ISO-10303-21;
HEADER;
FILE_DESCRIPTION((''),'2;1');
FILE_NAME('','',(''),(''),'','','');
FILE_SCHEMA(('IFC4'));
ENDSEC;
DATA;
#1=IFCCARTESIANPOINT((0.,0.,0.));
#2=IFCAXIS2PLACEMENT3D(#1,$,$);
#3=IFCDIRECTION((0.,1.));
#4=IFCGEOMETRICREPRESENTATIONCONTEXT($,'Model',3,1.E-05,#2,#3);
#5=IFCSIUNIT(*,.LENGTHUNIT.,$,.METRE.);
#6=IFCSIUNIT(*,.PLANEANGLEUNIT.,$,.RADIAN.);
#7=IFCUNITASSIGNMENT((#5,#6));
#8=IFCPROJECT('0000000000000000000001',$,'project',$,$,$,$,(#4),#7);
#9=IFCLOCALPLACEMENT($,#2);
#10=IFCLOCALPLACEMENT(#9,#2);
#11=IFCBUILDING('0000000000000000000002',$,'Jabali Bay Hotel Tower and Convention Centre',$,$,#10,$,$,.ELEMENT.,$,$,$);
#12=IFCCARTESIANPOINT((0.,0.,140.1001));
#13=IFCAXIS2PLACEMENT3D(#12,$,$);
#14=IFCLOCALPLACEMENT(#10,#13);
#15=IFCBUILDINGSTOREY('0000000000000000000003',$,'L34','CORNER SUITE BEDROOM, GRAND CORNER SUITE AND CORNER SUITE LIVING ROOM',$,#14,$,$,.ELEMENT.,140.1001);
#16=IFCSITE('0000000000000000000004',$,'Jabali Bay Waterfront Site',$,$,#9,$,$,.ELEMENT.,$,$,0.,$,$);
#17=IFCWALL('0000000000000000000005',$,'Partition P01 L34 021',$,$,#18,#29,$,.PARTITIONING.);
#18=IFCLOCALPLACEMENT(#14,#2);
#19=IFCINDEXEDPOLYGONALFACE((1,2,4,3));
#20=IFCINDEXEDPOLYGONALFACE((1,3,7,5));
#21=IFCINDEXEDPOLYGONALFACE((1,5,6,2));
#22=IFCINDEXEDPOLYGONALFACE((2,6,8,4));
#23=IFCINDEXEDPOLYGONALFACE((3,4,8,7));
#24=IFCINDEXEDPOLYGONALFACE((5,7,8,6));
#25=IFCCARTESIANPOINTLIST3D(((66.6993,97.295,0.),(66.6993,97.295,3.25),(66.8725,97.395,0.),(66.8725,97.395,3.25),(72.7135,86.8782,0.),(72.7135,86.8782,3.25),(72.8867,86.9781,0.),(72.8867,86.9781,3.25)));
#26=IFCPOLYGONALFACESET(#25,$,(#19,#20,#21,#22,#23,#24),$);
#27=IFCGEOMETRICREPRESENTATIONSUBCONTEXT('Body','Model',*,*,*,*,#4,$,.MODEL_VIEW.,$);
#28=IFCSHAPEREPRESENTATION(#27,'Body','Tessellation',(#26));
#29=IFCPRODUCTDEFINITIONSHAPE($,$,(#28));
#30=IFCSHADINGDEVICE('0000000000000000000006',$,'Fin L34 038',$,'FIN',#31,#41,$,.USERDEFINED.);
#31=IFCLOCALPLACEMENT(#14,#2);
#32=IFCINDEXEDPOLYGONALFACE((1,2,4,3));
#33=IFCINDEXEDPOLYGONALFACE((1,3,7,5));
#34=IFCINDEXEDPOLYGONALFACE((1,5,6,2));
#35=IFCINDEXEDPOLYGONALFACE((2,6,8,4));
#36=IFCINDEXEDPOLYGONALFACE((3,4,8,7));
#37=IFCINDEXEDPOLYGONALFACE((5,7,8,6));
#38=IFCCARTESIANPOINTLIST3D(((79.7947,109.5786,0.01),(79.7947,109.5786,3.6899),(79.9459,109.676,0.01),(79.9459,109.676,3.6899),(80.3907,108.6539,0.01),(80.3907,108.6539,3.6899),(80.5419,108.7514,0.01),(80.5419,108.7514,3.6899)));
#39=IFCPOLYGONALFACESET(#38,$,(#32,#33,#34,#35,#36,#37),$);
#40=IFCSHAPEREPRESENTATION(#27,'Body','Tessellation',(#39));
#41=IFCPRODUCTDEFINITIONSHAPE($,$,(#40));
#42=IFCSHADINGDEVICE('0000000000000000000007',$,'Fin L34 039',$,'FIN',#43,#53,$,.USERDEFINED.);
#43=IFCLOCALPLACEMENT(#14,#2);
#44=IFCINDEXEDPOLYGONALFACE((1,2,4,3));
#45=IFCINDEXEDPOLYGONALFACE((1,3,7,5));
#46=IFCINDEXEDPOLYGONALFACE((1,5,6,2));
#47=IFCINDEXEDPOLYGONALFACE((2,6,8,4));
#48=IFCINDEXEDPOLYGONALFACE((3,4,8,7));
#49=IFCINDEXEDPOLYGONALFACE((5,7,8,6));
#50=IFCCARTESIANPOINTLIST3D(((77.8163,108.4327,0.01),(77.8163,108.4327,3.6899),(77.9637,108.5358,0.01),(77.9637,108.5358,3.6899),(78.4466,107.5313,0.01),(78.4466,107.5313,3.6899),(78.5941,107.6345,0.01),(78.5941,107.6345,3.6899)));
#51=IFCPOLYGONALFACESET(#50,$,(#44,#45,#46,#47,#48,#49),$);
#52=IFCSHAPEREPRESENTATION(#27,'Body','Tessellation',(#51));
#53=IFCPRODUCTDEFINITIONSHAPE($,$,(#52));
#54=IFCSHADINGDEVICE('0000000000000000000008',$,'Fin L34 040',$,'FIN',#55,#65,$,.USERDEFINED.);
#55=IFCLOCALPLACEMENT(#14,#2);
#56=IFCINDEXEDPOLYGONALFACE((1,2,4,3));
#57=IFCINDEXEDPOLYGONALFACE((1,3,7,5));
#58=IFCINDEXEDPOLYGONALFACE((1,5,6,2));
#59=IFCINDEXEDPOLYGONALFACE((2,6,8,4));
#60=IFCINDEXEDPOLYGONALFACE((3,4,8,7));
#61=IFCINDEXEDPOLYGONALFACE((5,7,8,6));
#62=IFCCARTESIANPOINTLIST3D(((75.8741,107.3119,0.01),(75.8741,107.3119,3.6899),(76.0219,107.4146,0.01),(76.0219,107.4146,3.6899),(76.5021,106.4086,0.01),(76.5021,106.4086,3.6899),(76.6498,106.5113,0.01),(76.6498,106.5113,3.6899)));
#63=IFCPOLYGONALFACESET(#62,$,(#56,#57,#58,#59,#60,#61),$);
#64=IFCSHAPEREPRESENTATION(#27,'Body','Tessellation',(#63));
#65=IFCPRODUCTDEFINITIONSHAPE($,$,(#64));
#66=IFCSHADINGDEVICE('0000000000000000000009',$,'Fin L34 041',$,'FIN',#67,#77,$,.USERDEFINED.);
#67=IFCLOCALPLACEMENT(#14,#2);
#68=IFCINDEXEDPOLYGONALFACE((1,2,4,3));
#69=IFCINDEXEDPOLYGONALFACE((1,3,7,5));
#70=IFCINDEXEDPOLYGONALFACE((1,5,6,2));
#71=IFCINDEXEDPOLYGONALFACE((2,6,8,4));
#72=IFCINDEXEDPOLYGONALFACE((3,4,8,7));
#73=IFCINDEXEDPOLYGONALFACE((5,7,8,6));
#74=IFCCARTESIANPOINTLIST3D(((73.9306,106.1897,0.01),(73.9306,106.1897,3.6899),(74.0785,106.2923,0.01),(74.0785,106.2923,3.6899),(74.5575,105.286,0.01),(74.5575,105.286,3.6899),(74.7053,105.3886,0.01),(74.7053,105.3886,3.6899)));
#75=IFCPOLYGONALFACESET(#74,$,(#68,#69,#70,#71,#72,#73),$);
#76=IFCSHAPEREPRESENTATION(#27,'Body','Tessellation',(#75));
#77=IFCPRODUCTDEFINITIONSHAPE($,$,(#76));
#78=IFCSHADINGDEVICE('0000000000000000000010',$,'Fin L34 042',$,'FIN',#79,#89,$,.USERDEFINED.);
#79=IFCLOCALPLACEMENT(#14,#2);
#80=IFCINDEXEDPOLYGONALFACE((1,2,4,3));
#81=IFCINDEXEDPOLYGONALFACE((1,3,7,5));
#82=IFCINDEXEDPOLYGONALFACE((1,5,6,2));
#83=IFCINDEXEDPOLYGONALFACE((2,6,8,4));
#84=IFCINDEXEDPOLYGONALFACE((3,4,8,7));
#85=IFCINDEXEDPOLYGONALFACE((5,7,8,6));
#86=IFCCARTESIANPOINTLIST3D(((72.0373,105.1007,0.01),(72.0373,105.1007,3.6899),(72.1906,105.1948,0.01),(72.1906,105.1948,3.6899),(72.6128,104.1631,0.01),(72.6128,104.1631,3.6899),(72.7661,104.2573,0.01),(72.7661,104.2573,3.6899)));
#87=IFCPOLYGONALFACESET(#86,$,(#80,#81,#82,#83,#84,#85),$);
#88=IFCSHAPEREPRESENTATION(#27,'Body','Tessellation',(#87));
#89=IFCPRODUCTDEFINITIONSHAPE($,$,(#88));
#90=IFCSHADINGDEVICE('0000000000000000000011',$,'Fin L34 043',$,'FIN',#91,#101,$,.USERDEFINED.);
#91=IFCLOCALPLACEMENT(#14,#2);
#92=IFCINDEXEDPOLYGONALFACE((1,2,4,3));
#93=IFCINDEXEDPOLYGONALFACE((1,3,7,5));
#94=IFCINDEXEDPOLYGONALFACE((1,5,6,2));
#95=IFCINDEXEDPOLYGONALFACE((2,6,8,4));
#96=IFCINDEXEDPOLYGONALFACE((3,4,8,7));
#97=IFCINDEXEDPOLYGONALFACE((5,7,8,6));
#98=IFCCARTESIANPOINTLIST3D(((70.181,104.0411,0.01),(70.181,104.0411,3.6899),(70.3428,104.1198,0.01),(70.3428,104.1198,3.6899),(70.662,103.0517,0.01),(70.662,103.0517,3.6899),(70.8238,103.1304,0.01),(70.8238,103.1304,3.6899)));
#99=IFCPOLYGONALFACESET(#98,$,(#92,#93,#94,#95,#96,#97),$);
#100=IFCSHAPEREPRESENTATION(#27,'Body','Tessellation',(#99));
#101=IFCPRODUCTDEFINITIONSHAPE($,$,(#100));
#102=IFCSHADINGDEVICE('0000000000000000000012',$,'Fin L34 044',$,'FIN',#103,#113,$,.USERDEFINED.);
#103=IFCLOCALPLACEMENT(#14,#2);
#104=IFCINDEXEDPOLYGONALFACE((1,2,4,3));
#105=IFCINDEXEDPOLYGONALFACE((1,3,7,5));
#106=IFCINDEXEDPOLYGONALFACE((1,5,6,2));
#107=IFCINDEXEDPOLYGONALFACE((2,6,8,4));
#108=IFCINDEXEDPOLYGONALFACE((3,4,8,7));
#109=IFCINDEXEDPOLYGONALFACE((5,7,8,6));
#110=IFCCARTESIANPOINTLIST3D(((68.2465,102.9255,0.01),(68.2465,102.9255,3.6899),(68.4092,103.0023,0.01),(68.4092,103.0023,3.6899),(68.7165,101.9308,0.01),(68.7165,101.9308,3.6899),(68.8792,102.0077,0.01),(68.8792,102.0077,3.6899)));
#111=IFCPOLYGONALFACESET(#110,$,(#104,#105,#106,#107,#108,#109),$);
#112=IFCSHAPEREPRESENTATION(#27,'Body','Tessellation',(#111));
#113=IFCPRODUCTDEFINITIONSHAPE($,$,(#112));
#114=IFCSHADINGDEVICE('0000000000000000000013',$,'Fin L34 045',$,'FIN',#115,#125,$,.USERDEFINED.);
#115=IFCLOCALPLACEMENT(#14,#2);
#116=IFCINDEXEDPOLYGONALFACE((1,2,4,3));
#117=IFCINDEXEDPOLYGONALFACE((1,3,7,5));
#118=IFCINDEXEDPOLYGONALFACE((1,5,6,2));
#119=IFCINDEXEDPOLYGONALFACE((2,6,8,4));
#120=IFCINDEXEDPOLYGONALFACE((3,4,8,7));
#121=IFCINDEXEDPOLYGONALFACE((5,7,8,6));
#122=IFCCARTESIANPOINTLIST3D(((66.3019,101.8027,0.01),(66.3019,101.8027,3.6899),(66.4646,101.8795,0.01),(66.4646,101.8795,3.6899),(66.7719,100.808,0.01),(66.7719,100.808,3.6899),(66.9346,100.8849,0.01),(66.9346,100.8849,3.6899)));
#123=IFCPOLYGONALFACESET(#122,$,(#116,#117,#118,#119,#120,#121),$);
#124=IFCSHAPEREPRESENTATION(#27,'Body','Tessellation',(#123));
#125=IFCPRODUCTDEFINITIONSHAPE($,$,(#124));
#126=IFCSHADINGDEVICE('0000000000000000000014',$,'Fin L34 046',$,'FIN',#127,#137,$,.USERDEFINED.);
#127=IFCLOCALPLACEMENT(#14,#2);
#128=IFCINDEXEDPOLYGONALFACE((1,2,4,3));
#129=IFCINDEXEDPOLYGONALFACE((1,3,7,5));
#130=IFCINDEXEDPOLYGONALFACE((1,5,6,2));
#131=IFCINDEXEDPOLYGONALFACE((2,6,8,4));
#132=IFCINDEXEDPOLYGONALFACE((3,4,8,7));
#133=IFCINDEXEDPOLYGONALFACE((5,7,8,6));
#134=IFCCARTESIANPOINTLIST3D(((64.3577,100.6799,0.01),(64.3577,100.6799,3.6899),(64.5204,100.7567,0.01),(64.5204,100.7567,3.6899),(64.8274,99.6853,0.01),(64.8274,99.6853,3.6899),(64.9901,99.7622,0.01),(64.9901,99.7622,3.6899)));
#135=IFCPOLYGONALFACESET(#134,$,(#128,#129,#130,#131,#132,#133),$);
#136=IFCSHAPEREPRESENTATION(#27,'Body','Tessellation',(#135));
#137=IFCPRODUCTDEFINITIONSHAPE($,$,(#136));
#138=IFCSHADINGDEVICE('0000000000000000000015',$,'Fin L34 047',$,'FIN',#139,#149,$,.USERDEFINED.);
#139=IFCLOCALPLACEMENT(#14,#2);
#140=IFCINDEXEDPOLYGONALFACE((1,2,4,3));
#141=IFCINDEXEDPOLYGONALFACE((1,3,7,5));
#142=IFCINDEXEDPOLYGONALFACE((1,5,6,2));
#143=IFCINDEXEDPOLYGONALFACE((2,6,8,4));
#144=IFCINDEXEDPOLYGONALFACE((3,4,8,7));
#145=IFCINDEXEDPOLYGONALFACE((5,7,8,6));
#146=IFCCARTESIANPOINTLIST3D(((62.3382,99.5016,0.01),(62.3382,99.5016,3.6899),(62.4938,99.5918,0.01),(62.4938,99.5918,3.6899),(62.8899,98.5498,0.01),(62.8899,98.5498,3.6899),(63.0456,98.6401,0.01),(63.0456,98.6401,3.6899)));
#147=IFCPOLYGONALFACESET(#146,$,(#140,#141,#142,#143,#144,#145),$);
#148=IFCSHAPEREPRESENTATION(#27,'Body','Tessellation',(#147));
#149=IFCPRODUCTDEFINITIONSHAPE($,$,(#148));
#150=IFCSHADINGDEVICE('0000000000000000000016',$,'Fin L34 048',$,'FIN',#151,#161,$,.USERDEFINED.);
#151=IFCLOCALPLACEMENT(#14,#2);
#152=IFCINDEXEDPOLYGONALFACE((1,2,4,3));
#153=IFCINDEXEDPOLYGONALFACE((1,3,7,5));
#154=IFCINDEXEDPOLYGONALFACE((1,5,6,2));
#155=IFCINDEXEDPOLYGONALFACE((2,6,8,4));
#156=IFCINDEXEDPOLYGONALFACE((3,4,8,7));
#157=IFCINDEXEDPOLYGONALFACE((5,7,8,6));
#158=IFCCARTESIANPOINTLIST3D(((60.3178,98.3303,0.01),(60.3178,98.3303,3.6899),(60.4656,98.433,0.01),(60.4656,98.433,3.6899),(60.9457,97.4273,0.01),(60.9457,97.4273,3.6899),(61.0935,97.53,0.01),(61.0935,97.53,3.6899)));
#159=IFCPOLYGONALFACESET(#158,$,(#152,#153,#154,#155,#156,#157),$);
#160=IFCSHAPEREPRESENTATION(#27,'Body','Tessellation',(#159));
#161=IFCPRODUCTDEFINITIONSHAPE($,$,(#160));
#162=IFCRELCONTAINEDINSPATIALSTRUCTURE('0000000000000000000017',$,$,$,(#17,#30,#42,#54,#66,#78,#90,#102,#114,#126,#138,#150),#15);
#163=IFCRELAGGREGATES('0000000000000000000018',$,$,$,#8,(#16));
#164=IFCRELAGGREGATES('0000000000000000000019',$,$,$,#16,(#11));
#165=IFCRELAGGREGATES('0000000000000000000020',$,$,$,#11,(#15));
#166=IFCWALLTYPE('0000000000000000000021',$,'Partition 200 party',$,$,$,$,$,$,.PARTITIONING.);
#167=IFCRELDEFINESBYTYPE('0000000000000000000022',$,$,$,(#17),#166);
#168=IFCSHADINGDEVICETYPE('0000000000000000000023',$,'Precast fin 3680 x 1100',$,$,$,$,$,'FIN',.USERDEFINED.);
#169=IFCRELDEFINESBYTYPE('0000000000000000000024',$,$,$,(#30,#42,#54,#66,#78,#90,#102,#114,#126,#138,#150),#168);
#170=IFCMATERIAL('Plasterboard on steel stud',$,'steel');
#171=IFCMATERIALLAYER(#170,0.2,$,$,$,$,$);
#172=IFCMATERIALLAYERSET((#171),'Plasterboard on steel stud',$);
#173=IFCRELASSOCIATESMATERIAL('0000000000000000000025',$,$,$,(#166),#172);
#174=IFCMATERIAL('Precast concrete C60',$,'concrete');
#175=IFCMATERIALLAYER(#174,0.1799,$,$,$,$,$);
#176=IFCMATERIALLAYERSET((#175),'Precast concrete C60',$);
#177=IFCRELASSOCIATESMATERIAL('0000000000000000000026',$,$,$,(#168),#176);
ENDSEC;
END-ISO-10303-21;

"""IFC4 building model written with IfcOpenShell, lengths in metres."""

from ifc_helpers import new_model, si_unit, direction, frame, frame_2d, origin, place, context, subcontext, project, spatial, rectangle, extrude, material, layer, layer_set, type_object, element, save


model = new_model("IFC4")

# Units and contexts
model_context = context("Model", 3, precision=1e-05, world=origin(), true_north=direction((0.0, 1.0)))
body_context = subcontext(model_context, "Body", "Model", "MODEL_VIEW")
ifc_project = project(units=[si_unit("LENGTHUNIT", "METRE"), si_unit("PLANEANGLEUNIT", "RADIAN")], contexts=[model_context])

# Site, building, storey
site_placement = place(None, origin())
site = spatial("IfcSite", under=ifc_project, at=site_placement, Name="Jabali Bay Waterfront Site", CompositionType="ELEMENT", RefElevation=0.0)
building_placement = place(site_placement, origin())
building = spatial("IfcBuilding", under=site, at=building_placement, Name="Jabali Bay Hotel Tower and Convention Centre", CompositionType="ELEMENT")
storey_placement = place(building_placement, frame((0.0, 0.0, 140.1001)))
storey = spatial("IfcBuildingStorey", under=building, at=storey_placement, Name="L34", Description="CORNER SUITE BEDROOM, GRAND CORNER SUITE AND CORNER SUITE LIVING ROOM", CompositionType="ELEMENT", Elevation=140.1001)

# Shared definitions
ifc_material_1 = material(Name="Plasterboard on steel stud", Category="steel")

# Wall
ifc_layer_1 = layer(ifc_material_1, 0.2)
ifc_layer_set_1 = layer_set([ifc_layer_1], Name="Plasterboard on steel stud")
wall_type_1 = type_object("IfcWallType", Name="Partition 200 party", PredefinedType="PARTITIONING", material=ifc_layer_set_1)
wall_1_placement = place(storey_placement, frame((66.7859, 97.345, 0.0), z_axis=(0.0, 0.0, 1.0), x_axis=(0.500003, -0.866024, 0.0)))
element("IfcWall", 1, at=wall_1_placement, inside=storey, type_object=wall_type_1, Name="Partition P01 L34 021", PredefinedType="PARTITIONING", context=body_context, shape_type="SweptSolid", body=[
    extrude(rectangle(XDim=12.0283, YDim=0.2, at=frame_2d((6.0142, 0.0))), origin(), (0.0, 0.0, 1.0), 3.25),
])

# Shading devices
ifc_material_2 = material(Name="Precast concrete C60", Category="concrete")
ifc_layer_2 = layer(ifc_material_2, 0.1799)
ifc_layer_set_2 = layer_set([ifc_layer_2], Name="Precast concrete C60")
shading_device_type = type_object("IfcShadingDeviceType", Name="Precast fin 3680 x 1100", ElementType="FIN", PredefinedType="USERDEFINED", material=ifc_layer_set_2)
shading_device_1_placement = place(storey_placement, frame((80.4663, 108.7026, 0.01), z_axis=(0.0, 0.0, 1.0), x_axis=(-0.541778, 0.840522, 0.0)))
element("IfcShadingDevice", 2, at=shading_device_1_placement, inside=storey, type_object=shading_device_type, Name="Fin L34 038", ObjectType="FIN", PredefinedType="USERDEFINED", context=body_context, shape_type="SweptSolid", body=[
    extrude(rectangle(XDim=1.1001, YDim=0.1799, at=frame_2d((0.55, 0.0))), origin(), (0.0, 0.0, 1.0), 3.6799),
])
shading_device_2_placement = place(storey_placement, frame((78.5203, 107.583, 0.01), z_axis=(0.0, 0.0, 1.0), x_axis=(-0.573105, 0.819482, 0.0)))
element("IfcShadingDevice", 3, at=shading_device_2_placement, inside=storey, type_object=shading_device_type, Name="Fin L34 039", ObjectType="FIN", PredefinedType="USERDEFINED", context=body_context, shape_type="SweptSolid", body=[
    extrude(rectangle(XDim=1.0999, YDim=0.1799, at=frame_2d((0.5498, 0.0))), origin(), (0.0, 0.0, 1.0), 3.6799),
])
shading_device_3_placement = place(storey_placement, frame((76.5759, 106.46, 0.01), z_axis=(0.0, 0.0, 1.0), x_axis=(-0.570778, 0.821104, 0.0)))
element("IfcShadingDevice", 4, at=shading_device_3_placement, inside=storey, type_object=shading_device_type, Name="Fin L34 040", ObjectType="FIN", PredefinedType="USERDEFINED", context=body_context, shape_type="SweptSolid", body=[
    extrude(rectangle(XDim=1.1001, YDim=0.1799, at=frame_2d((0.55, 0.0))), origin(), (0.0, 0.0, 1.0), 3.6799),
])
shading_device_4_placement = place(storey_placement, frame((74.6313, 105.3374, 0.01), z_axis=(0.0, 0.0, 1.0), x_axis=(-0.569971, 0.821664, 0.0)))
element("IfcShadingDevice", 5, at=shading_device_4_placement, inside=storey, type_object=shading_device_type, Name="Fin L34 041", ObjectType="FIN", PredefinedType="USERDEFINED", context=body_context, shape_type="SweptSolid", body=[
    extrude(rectangle(XDim=1.0999, YDim=0.1799, at=frame_2d((0.5498, 0.0))), origin(), (0.0, 0.0, 1.0), 3.6799),
])
for number, where, z_axis, x_axis, name in (
    (6, (72.6895, 104.2102, 0.01), (0.0, 0.0, 1.0), (-0.523119, 0.85226, 0.0), "Fin L34 042"),
    (7, (70.7429, 103.0911, 0.01), (0.0, 0.0, 1.0), (-0.437243, 0.899344, 0.0), "Fin L34 043"),
    (8, (68.7979, 101.9692, 0.01), (0.0, 0.0, 1.0), (-0.427218, 0.904149, 0.0), "Fin L34 044"),
    (9, (66.8533, 100.8464, 0.01), (0.0, 0.0, 1.0), (-0.427218, 0.904149, 0.0), "Fin L34 045"),
):
    element("IfcShadingDevice", number, at=place(storey_placement, frame(where, z_axis=z_axis, x_axis=x_axis)), inside=storey, type_object=shading_device_type, Name=name, ObjectType="FIN", PredefinedType="USERDEFINED", context=body_context, shape_type="SweptSolid", body=[
        extrude(rectangle(XDim=1.1001, YDim=0.1799, at=frame_2d((0.55, 0.0))), origin(), (0.0, 0.0, 1.0), 3.6799),
    ])
shading_device_5_placement = place(storey_placement, frame((64.9087, 99.7239, 0.01), z_axis=(0.0, 0.0, 1.0), x_axis=(-0.427037, 0.904234, 0.0)))
element("IfcShadingDevice", 10, at=shading_device_5_placement, inside=storey, type_object=shading_device_type, Name="Fin L34 046", ObjectType="FIN", PredefinedType="USERDEFINED", context=body_context, shape_type="SweptSolid", body=[
    extrude(rectangle(XDim=1.0999, YDim=0.1799, at=frame_2d((0.5498, 0.0))), origin(), (0.0, 0.0, 1.0), 3.6799),
])
shading_device_6_placement = place(storey_placement, frame((62.9678, 98.595, 0.01), z_axis=(0.0, 0.0, 1.0), x_axis=(-0.501579, 0.865112, 0.0)))
element("IfcShadingDevice", 11, at=shading_device_6_placement, inside=storey, type_object=shading_device_type, Name="Fin L34 047", ObjectType="FIN", PredefinedType="USERDEFINED", context=body_context, shape_type="SweptSolid", body=[
    extrude(rectangle(XDim=1.1001, YDim=0.1799, at=frame_2d((0.55, 0.0))), origin(), (0.0, 0.0, 1.0), 3.6799),
])
shading_device_7_placement = place(storey_placement, frame((61.0195, 97.4788, 0.01), z_axis=(0.0, 0.0, 1.0), x_axis=(-0.570882, 0.821032, 0.0)))
element("IfcShadingDevice", 12, at=shading_device_7_placement, inside=storey, type_object=shading_device_type, Name="Fin L34 048", ObjectType="FIN", PredefinedType="USERDEFINED", context=body_context, shape_type="SweptSolid", body=[
    extrude(rectangle(XDim=1.0999, YDim=0.1799, at=frame_2d((0.5498, 0.0))), origin(), (0.0, 0.0, 1.0), 3.6799),
])

save(model, "model.ifc")
